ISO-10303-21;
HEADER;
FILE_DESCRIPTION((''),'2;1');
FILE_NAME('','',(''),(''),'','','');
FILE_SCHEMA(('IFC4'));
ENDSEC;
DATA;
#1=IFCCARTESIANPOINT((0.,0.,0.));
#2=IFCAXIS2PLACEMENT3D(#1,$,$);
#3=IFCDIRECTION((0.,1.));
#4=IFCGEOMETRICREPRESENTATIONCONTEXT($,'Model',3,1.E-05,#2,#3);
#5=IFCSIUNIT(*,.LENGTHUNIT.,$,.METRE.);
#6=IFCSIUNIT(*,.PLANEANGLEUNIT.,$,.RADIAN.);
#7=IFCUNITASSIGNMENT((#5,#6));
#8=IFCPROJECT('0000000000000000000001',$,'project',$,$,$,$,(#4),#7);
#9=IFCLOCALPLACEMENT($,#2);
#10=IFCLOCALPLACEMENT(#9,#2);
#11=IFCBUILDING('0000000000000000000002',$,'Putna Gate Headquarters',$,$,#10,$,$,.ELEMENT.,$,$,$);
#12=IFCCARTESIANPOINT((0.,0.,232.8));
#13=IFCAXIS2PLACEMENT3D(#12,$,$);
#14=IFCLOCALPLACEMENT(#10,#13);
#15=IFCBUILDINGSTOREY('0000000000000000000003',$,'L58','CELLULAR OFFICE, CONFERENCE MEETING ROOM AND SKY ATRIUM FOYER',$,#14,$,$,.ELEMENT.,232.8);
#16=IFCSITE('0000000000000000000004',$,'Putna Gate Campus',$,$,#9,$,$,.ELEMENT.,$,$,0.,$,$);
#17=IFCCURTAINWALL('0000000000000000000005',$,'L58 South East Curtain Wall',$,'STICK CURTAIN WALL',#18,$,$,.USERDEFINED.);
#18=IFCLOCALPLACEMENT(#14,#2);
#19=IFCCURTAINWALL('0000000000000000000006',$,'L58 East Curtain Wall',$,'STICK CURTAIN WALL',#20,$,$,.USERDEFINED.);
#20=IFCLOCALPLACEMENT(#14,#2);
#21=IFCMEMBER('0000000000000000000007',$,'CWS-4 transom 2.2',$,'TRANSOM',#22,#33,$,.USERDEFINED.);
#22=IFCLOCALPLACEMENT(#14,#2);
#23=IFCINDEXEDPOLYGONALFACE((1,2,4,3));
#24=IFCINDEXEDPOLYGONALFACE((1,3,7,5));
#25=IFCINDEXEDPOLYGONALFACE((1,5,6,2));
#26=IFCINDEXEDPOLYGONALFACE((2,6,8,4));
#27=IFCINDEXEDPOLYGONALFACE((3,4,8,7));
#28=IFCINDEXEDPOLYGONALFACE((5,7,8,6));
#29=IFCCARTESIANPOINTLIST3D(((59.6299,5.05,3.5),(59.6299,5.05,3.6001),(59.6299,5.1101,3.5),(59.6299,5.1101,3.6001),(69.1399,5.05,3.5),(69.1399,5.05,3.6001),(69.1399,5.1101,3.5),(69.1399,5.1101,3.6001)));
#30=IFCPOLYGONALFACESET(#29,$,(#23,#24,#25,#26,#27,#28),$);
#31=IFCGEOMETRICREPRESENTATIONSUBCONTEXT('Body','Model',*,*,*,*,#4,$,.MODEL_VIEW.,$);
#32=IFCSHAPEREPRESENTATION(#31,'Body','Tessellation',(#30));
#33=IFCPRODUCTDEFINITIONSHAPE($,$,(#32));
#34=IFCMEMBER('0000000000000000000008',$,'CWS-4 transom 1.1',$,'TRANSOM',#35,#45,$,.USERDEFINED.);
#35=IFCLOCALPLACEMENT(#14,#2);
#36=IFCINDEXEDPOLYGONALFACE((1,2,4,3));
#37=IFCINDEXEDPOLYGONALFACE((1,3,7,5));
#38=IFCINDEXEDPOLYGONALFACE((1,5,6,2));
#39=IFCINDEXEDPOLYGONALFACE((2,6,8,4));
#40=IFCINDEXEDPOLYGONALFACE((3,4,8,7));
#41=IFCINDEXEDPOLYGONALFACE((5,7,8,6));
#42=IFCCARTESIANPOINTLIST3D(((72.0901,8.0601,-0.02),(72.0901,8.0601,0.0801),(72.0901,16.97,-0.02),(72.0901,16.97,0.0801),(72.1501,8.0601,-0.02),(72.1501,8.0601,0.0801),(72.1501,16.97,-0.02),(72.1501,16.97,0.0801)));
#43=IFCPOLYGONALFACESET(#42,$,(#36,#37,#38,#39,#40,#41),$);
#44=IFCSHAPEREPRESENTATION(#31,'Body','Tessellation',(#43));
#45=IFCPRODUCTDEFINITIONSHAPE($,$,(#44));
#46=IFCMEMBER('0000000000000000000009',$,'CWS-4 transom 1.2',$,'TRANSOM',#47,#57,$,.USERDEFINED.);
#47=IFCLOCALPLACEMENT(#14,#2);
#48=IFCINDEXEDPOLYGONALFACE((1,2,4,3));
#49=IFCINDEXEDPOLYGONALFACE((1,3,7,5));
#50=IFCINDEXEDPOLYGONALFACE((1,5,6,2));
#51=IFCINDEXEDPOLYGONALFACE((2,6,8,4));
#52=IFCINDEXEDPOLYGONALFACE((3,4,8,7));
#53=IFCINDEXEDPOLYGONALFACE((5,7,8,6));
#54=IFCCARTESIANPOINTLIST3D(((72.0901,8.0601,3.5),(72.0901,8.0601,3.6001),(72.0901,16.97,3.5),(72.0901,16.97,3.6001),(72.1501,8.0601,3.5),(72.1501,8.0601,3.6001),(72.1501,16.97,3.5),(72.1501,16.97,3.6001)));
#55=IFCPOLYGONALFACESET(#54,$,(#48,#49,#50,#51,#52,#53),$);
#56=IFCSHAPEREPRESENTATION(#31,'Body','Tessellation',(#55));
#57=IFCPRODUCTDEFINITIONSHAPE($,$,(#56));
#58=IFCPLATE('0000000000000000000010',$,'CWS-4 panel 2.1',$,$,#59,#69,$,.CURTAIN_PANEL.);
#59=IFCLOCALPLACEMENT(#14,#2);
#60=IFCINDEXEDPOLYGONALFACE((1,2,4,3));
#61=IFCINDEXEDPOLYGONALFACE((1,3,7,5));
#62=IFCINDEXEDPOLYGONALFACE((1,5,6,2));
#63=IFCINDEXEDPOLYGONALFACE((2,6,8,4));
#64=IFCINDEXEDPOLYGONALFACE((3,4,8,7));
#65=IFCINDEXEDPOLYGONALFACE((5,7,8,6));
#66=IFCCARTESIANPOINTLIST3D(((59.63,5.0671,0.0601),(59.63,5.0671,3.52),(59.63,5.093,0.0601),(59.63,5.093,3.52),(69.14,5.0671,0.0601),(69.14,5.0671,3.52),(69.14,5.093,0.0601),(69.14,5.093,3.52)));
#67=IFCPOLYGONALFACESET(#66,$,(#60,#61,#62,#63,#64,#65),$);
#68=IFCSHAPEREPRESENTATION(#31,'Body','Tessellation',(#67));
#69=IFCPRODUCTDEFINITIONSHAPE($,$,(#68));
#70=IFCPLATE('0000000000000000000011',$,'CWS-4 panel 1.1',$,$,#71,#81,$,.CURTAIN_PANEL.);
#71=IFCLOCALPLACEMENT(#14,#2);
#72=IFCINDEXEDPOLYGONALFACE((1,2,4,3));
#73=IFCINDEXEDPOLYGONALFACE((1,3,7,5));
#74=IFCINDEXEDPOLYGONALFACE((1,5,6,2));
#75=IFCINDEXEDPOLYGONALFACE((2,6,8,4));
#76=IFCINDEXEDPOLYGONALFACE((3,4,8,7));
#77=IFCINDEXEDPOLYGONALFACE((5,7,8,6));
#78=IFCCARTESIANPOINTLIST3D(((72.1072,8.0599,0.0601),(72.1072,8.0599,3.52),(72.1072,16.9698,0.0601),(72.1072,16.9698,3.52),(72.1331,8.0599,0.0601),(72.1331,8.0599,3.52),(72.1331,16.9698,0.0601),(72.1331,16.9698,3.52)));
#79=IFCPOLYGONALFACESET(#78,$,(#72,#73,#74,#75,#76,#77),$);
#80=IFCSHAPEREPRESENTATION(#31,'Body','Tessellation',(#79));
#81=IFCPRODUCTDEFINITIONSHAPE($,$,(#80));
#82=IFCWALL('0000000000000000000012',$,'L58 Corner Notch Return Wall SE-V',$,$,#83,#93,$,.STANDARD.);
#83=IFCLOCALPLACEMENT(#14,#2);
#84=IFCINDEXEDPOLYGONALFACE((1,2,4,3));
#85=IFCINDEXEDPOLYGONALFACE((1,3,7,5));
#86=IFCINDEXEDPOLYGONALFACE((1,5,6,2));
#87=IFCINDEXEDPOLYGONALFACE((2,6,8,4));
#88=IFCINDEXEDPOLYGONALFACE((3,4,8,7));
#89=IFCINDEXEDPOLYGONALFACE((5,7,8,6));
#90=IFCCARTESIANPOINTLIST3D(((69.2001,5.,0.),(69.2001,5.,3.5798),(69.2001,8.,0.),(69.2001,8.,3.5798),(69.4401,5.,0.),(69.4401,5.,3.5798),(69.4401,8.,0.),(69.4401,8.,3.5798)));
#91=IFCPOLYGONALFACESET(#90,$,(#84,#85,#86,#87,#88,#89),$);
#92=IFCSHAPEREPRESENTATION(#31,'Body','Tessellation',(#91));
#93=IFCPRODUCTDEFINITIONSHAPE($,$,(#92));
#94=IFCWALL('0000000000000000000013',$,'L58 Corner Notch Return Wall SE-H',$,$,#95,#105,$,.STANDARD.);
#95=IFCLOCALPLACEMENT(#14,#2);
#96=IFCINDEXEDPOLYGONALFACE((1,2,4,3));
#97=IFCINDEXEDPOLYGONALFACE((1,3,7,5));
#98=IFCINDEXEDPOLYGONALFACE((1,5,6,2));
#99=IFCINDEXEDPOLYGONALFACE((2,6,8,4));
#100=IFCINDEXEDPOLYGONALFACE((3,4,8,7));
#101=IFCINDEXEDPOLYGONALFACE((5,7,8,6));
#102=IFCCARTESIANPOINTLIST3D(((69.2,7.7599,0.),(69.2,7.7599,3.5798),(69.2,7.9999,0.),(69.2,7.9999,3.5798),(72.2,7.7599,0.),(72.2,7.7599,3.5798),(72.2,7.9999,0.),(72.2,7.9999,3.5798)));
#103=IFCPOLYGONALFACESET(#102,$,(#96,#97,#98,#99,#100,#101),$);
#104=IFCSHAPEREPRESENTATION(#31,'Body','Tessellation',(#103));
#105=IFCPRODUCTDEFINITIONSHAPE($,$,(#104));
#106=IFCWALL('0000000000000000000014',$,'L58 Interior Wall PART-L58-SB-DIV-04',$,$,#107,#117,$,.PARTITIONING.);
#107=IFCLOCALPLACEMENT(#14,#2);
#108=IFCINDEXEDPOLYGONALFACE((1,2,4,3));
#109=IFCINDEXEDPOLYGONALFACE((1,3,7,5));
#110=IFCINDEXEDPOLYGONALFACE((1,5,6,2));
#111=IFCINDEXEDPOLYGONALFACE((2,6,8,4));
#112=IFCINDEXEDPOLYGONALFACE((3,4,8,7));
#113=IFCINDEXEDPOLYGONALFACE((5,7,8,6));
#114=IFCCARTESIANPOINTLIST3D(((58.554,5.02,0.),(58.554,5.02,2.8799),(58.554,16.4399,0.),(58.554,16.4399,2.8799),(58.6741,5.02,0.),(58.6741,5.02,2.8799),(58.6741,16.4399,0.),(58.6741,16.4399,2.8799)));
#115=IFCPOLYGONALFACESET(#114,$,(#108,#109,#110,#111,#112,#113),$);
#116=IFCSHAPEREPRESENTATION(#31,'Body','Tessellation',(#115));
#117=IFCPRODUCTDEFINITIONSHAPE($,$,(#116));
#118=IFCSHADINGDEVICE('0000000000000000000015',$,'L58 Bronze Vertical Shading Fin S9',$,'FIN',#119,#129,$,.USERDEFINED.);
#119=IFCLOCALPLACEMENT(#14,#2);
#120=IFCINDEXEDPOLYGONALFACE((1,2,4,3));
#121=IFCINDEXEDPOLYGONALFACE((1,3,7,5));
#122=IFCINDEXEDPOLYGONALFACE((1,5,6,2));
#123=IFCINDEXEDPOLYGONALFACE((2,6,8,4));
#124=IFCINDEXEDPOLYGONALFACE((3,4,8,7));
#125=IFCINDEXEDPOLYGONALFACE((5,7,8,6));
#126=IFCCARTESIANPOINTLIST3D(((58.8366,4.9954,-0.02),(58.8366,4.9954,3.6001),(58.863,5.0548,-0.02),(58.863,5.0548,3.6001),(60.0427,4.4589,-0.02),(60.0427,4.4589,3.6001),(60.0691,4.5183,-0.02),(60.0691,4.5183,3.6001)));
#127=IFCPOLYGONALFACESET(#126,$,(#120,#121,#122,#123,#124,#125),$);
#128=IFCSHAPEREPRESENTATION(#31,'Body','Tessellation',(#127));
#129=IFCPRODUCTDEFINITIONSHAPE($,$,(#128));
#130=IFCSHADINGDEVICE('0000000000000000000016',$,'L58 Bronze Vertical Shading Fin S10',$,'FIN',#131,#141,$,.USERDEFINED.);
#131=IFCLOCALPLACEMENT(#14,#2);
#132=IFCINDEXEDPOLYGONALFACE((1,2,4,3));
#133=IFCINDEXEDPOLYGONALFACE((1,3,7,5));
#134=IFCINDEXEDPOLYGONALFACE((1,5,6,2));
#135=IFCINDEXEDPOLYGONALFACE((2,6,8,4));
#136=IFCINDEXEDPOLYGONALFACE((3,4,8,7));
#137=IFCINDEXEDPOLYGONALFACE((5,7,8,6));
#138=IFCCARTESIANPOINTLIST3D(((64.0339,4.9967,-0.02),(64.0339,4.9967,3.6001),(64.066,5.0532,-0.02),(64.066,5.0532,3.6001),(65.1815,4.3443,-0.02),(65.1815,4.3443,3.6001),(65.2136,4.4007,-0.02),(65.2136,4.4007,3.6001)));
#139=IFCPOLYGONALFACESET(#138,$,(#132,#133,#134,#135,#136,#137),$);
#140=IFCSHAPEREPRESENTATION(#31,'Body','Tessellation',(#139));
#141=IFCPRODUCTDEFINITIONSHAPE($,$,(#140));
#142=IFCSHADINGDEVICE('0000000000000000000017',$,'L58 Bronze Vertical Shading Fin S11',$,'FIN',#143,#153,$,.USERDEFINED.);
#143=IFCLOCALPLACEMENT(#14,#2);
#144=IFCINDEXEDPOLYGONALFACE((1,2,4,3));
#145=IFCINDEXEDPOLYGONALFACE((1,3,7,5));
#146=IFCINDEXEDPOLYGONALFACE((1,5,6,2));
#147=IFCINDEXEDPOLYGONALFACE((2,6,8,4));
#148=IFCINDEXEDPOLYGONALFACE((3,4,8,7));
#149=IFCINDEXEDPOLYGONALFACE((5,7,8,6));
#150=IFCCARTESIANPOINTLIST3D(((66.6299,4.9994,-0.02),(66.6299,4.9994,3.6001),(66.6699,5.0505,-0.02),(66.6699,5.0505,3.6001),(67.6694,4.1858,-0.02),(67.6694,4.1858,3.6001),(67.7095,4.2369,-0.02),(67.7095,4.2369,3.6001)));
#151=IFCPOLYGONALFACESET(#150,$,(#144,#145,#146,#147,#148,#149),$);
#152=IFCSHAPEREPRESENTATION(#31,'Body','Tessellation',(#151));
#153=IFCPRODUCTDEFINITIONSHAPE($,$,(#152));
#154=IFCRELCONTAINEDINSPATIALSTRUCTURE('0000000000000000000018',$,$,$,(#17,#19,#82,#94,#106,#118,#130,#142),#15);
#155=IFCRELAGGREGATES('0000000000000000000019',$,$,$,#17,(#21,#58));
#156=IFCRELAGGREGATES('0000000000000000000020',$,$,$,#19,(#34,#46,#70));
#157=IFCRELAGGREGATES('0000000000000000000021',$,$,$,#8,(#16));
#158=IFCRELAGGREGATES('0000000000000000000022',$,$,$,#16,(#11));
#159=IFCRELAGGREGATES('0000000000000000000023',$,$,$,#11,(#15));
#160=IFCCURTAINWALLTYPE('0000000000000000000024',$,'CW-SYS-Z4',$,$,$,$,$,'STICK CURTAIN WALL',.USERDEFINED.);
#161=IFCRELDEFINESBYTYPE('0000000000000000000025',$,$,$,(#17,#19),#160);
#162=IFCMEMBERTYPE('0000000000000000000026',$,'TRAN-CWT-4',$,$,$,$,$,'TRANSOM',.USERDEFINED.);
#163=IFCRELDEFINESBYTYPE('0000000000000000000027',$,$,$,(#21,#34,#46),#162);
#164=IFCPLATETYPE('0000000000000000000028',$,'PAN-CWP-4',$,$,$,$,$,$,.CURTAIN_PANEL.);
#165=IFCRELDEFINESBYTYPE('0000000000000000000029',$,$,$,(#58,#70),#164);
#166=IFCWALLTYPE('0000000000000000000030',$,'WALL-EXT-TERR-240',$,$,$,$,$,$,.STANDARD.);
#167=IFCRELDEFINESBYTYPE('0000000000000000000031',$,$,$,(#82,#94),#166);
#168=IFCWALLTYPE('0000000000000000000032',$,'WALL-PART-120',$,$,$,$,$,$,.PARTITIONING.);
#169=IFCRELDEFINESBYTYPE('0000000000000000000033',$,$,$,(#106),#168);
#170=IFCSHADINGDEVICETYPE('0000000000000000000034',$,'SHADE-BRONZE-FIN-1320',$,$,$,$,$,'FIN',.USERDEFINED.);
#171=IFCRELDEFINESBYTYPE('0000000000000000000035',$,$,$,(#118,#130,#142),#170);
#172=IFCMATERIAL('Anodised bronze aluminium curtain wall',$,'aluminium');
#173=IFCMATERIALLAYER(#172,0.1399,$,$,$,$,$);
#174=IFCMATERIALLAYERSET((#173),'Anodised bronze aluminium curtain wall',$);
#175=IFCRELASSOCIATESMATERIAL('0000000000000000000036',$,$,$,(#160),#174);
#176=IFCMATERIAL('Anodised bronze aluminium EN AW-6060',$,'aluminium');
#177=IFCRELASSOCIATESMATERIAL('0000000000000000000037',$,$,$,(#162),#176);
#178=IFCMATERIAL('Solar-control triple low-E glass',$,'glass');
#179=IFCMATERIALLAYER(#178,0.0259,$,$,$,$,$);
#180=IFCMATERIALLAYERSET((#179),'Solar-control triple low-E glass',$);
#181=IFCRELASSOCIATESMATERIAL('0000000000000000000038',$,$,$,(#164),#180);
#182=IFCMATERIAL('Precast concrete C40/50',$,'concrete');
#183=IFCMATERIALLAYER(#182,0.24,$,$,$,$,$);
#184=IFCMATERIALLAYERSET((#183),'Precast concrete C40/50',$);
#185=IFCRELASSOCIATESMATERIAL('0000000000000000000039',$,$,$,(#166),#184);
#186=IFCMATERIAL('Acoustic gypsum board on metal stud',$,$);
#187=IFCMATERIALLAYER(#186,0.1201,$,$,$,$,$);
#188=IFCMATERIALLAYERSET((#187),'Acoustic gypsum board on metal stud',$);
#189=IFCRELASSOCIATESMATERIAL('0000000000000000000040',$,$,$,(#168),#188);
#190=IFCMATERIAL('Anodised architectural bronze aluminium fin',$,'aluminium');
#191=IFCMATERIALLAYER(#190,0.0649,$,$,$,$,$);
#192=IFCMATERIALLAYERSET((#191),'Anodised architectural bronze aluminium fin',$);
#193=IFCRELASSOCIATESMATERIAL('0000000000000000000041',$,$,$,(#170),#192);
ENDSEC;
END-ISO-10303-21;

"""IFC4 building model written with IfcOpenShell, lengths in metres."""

from ifc_helpers import new_model, si_unit, direction, frame, frame_2d, origin, origin_2d, place, context, subcontext, project, spatial, rectangle, extrude, material, layer, layer_set, material_profile, profile_set, type_object, element, aggregate, save


model = new_model("IFC4")

# Units and contexts
model_context = context("Model", 3, precision=1e-05, world=origin(), true_north=direction((0.0, 1.0)))
body_context = subcontext(model_context, "Body", "Model", "MODEL_VIEW")
ifc_project = project(units=[si_unit("LENGTHUNIT", "METRE"), si_unit("PLANEANGLEUNIT", "RADIAN")], contexts=[model_context])

# Site, building, storey
site_placement = place(None, origin())
site = spatial("IfcSite", under=ifc_project, at=site_placement, Name="Putna Gate Campus", CompositionType="ELEMENT", RefElevation=0.0)
building_placement = place(site_placement, origin())
building = spatial("IfcBuilding", under=site, at=building_placement, Name="Putna Gate Headquarters", CompositionType="ELEMENT")
storey_placement = place(building_placement, frame((0.0, 0.0, 232.8)))
storey = spatial("IfcBuildingStorey", under=building, at=storey_placement, Name="L58", Description="CELLULAR OFFICE, CONFERENCE MEETING ROOM AND SKY ATRIUM FOYER", CompositionType="ELEMENT", Elevation=232.8)

# Curtain wall
ifc_material_1 = material(Name="Anodised bronze aluminium curtain wall", Category="aluminium")
ifc_layer_1 = layer(ifc_material_1, 0.1399)
ifc_layer_set_1 = layer_set([ifc_layer_1], Name="Anodised bronze aluminium curtain wall")
curtain_wall_type = type_object("IfcCurtainWallType", Name="CW-SYS-Z4", ElementType="STICK CURTAIN WALL", PredefinedType="USERDEFINED", material=ifc_layer_set_1)
curtain_wall_1_placement = place(storey_placement, origin())
curtain_wall_1 = element("IfcCurtainWall", 1, at=curtain_wall_1_placement, inside=storey, type_object=curtain_wall_type, Name="L58 South East Curtain Wall", ObjectType="STICK CURTAIN WALL", PredefinedType="USERDEFINED")
ifc_material_2 = material(Name="Anodised bronze aluminium EN AW-6060", Category="aluminium")

# Curtain wall
curtain_wall_2_placement = place(storey_placement, origin())
curtain_wall_2 = element("IfcCurtainWall", 2, at=curtain_wall_2_placement, inside=storey, type_object=curtain_wall_type, Name="L58 East Curtain Wall", ObjectType="STICK CURTAIN WALL", PredefinedType="USERDEFINED")

# Members
ifc_material_profile_1 = material_profile(ifc_material_2, rectangle(XDim=0.0601, YDim=0.1001, at=origin_2d()), Name="Anodised bronze aluminium EN AW-6060")
ifc_profile_set_1 = profile_set([ifc_material_profile_1], Name="Anodised bronze aluminium EN AW-6060")
member_type_1 = type_object("IfcMemberType", Name="TRAN-CWT-4", ElementType="TRANSOM", PredefinedType="USERDEFINED", material=ifc_profile_set_1)
member_1_placement = place(storey_placement, frame((59.6299, 5.0801, 3.55), z_axis=(1.0, 0.0, 0.0), x_axis=(0.0, 1.0, 0.0)))
member_1 = element("IfcMember", 3, at=member_1_placement, type_object=member_type_1, Name="CWS-4 transom 2.2", ObjectType="TRANSOM", PredefinedType="USERDEFINED", context=body_context, shape_type="SweptSolid", body=[
    extrude(rectangle(XDim=0.0601, YDim=0.1001, at=origin_2d()), origin(), (0.0, 0.0, 1.0), 9.51),
])
member_2_placement = place(storey_placement, frame((72.1201, 8.0601, 0.03), z_axis=(0.0, 1.0, 0.0), x_axis=(-1.0, 0.0, 0.0)))
member_2 = element("IfcMember", 4, at=member_2_placement, type_object=member_type_1, Name="CWS-4 transom 1.1", ObjectType="TRANSOM", PredefinedType="USERDEFINED", context=body_context, shape_type="SweptSolid", body=[
    extrude(rectangle(XDim=0.0601, YDim=0.1001, at=origin_2d()), origin(), (0.0, 0.0, 1.0), 8.9099),
])
member_3_placement = place(storey_placement, frame((72.1201, 8.0601, 3.55), z_axis=(0.0, 1.0, 0.0), x_axis=(-1.0, 0.0, 0.0)))
member_3 = element("IfcMember", 5, at=member_3_placement, type_object=member_type_1, Name="CWS-4 transom 1.2", ObjectType="TRANSOM", PredefinedType="USERDEFINED", context=body_context, shape_type="SweptSolid", body=[
    extrude(rectangle(XDim=0.0601, YDim=0.1001, at=origin_2d()), origin(), (0.0, 0.0, 1.0), 8.9099),
])

# Plates
ifc_material_3 = material(Name="Solar-control triple low-E glass", Category="glass")
ifc_layer_2 = layer(ifc_material_3, 0.0259)
ifc_layer_set_2 = layer_set([ifc_layer_2], Name="Solar-control triple low-E glass")
plate_type = type_object("IfcPlateType", Name="PAN-CWP-4", PredefinedType="CURTAIN_PANEL", material=ifc_layer_set_2)
plate_1_placement = place(storey_placement, frame((64.385, 5.0801, 0.0601), z_axis=(0.0, 0.0, 1.0), x_axis=(1.0, 0.0, 0.0)))
plate_1 = element("IfcPlate", 6, at=plate_1_placement, type_object=plate_type, Name="CWS-4 panel 2.1", PredefinedType="CURTAIN_PANEL", context=body_context, shape_type="SweptSolid", body=[
    extrude(rectangle(XDim=9.51, YDim=0.0259, at=origin_2d()), origin(), (0.0, 0.0, 1.0), 3.46),
])
aggregate(curtain_wall_1, [member_1, plate_1])
plate_2_placement = place(storey_placement, frame((72.1201, 12.5149, 0.0601), z_axis=(0.0, 0.0, 1.0), x_axis=(0.0, 1.0, 0.0)))
plate_2 = element("IfcPlate", 7, at=plate_2_placement, type_object=plate_type, Name="CWS-4 panel 1.1", PredefinedType="CURTAIN_PANEL", context=body_context, shape_type="SweptSolid", body=[
    extrude(rectangle(XDim=8.9099, YDim=0.0259, at=origin_2d()), origin(), (0.0, 0.0, 1.0), 3.46),
])
aggregate(curtain_wall_2, [member_2, member_3, plate_2])

# Walls
ifc_material_4 = material(Name="Precast concrete C40/50", Category="concrete")
ifc_layer_3 = layer(ifc_material_4, 0.24)
ifc_layer_set_3 = layer_set([ifc_layer_3], Name="Precast concrete C40/50")
wall_type_1 = type_object("IfcWallType", Name="WALL-EXT-TERR-240", PredefinedType="STANDARD", material=ifc_layer_set_3)
for number, where, z_axis, x_axis, name in (
    (8, (69.3201, 8.0, 0.0), (0.0, 0.0, 1.0), (0.0, -1.0, 0.0), "L58 Corner Notch Return Wall SE-V"),
    (9, (72.2, 7.8799, 0.0), (0.0, 0.0, 1.0), (-1.0, 0.0, 0.0), "L58 Corner Notch Return Wall SE-H"),
):
    element("IfcWall", number, at=place(storey_placement, frame(where, z_axis=z_axis, x_axis=x_axis)), inside=storey, type_object=wall_type_1, Name=name, PredefinedType="STANDARD", context=body_context, shape_type="SweptSolid", body=[
        extrude(rectangle(XDim=3.0, YDim=0.24, at=frame_2d((1.5, 0.0))), origin(), (0.0, 0.0, 1.0), 3.5798),
    ])
ifc_material_5 = material(Name="Acoustic gypsum board on metal stud")
ifc_layer_4 = layer(ifc_material_5, 0.1201)
ifc_layer_set_4 = layer_set([ifc_layer_4], Name="Acoustic gypsum board on metal stud")
wall_type_2 = type_object("IfcWallType", Name="WALL-PART-120", PredefinedType="PARTITIONING", material=ifc_layer_set_4)
wall_placement = place(storey_placement, frame((58.614, 5.02, 0.0), z_axis=(0.0, 0.0, 1.0), x_axis=(0.0, 1.0, 0.0)))
element("IfcWall", 10, at=wall_placement, inside=storey, type_object=wall_type_2, Name="L58 Interior Wall PART-L58-SB-DIV-04", PredefinedType="PARTITIONING", context=body_context, shape_type="SweptSolid", body=[
    extrude(rectangle(XDim=11.4199, YDim=0.1201, at=frame_2d((5.71, 0.0))), origin(), (0.0, 0.0, 1.0), 2.8799),
])

# Shading devices
ifc_material_6 = material(Name="Anodised architectural bronze aluminium fin", Category="aluminium")
ifc_layer_5 = layer(ifc_material_6, 0.0649)
ifc_layer_set_5 = layer_set([ifc_layer_5], Name="Anodised architectural bronze aluminium fin")
shading_device_type = type_object("IfcShadingDeviceType", Name="SHADE-BRONZE-FIN-1320", ElementType="FIN", PredefinedType="USERDEFINED", material=ifc_layer_set_5)
for number, where, z_axis, x_axis, name in (
    (11, (59.4529, 4.7568, -0.02), (0.0, 0.0, 1.0), (0.913687, -0.406418, 0.0), "L58 Bronze Vertical Shading Fin S9"),
    (12, (64.6238, 4.6987, -0.02), (0.0, 0.0, 1.0), (0.869322, -0.494245, 0.0), "L58 Bronze Vertical Shading Fin S10"),
    (13, (67.1697, 4.6182, -0.02), (0.0, 0.0, 1.0), (0.787473, -0.616349, 0.0), "L58 Bronze Vertical Shading Fin S11"),
):
    element("IfcShadingDevice", number, at=place(storey_placement, frame(where, z_axis=z_axis, x_axis=x_axis)), inside=storey, type_object=shading_device_type, Name=name, ObjectType="FIN", PredefinedType="USERDEFINED", context=body_context, shape_type="SweptSolid", body=[
        extrude(rectangle(XDim=1.3201, YDim=0.0649, at=origin_2d()), origin(), (0.0, 0.0, 1.0), 3.6201),
    ])

save(model, "model.ifc")
